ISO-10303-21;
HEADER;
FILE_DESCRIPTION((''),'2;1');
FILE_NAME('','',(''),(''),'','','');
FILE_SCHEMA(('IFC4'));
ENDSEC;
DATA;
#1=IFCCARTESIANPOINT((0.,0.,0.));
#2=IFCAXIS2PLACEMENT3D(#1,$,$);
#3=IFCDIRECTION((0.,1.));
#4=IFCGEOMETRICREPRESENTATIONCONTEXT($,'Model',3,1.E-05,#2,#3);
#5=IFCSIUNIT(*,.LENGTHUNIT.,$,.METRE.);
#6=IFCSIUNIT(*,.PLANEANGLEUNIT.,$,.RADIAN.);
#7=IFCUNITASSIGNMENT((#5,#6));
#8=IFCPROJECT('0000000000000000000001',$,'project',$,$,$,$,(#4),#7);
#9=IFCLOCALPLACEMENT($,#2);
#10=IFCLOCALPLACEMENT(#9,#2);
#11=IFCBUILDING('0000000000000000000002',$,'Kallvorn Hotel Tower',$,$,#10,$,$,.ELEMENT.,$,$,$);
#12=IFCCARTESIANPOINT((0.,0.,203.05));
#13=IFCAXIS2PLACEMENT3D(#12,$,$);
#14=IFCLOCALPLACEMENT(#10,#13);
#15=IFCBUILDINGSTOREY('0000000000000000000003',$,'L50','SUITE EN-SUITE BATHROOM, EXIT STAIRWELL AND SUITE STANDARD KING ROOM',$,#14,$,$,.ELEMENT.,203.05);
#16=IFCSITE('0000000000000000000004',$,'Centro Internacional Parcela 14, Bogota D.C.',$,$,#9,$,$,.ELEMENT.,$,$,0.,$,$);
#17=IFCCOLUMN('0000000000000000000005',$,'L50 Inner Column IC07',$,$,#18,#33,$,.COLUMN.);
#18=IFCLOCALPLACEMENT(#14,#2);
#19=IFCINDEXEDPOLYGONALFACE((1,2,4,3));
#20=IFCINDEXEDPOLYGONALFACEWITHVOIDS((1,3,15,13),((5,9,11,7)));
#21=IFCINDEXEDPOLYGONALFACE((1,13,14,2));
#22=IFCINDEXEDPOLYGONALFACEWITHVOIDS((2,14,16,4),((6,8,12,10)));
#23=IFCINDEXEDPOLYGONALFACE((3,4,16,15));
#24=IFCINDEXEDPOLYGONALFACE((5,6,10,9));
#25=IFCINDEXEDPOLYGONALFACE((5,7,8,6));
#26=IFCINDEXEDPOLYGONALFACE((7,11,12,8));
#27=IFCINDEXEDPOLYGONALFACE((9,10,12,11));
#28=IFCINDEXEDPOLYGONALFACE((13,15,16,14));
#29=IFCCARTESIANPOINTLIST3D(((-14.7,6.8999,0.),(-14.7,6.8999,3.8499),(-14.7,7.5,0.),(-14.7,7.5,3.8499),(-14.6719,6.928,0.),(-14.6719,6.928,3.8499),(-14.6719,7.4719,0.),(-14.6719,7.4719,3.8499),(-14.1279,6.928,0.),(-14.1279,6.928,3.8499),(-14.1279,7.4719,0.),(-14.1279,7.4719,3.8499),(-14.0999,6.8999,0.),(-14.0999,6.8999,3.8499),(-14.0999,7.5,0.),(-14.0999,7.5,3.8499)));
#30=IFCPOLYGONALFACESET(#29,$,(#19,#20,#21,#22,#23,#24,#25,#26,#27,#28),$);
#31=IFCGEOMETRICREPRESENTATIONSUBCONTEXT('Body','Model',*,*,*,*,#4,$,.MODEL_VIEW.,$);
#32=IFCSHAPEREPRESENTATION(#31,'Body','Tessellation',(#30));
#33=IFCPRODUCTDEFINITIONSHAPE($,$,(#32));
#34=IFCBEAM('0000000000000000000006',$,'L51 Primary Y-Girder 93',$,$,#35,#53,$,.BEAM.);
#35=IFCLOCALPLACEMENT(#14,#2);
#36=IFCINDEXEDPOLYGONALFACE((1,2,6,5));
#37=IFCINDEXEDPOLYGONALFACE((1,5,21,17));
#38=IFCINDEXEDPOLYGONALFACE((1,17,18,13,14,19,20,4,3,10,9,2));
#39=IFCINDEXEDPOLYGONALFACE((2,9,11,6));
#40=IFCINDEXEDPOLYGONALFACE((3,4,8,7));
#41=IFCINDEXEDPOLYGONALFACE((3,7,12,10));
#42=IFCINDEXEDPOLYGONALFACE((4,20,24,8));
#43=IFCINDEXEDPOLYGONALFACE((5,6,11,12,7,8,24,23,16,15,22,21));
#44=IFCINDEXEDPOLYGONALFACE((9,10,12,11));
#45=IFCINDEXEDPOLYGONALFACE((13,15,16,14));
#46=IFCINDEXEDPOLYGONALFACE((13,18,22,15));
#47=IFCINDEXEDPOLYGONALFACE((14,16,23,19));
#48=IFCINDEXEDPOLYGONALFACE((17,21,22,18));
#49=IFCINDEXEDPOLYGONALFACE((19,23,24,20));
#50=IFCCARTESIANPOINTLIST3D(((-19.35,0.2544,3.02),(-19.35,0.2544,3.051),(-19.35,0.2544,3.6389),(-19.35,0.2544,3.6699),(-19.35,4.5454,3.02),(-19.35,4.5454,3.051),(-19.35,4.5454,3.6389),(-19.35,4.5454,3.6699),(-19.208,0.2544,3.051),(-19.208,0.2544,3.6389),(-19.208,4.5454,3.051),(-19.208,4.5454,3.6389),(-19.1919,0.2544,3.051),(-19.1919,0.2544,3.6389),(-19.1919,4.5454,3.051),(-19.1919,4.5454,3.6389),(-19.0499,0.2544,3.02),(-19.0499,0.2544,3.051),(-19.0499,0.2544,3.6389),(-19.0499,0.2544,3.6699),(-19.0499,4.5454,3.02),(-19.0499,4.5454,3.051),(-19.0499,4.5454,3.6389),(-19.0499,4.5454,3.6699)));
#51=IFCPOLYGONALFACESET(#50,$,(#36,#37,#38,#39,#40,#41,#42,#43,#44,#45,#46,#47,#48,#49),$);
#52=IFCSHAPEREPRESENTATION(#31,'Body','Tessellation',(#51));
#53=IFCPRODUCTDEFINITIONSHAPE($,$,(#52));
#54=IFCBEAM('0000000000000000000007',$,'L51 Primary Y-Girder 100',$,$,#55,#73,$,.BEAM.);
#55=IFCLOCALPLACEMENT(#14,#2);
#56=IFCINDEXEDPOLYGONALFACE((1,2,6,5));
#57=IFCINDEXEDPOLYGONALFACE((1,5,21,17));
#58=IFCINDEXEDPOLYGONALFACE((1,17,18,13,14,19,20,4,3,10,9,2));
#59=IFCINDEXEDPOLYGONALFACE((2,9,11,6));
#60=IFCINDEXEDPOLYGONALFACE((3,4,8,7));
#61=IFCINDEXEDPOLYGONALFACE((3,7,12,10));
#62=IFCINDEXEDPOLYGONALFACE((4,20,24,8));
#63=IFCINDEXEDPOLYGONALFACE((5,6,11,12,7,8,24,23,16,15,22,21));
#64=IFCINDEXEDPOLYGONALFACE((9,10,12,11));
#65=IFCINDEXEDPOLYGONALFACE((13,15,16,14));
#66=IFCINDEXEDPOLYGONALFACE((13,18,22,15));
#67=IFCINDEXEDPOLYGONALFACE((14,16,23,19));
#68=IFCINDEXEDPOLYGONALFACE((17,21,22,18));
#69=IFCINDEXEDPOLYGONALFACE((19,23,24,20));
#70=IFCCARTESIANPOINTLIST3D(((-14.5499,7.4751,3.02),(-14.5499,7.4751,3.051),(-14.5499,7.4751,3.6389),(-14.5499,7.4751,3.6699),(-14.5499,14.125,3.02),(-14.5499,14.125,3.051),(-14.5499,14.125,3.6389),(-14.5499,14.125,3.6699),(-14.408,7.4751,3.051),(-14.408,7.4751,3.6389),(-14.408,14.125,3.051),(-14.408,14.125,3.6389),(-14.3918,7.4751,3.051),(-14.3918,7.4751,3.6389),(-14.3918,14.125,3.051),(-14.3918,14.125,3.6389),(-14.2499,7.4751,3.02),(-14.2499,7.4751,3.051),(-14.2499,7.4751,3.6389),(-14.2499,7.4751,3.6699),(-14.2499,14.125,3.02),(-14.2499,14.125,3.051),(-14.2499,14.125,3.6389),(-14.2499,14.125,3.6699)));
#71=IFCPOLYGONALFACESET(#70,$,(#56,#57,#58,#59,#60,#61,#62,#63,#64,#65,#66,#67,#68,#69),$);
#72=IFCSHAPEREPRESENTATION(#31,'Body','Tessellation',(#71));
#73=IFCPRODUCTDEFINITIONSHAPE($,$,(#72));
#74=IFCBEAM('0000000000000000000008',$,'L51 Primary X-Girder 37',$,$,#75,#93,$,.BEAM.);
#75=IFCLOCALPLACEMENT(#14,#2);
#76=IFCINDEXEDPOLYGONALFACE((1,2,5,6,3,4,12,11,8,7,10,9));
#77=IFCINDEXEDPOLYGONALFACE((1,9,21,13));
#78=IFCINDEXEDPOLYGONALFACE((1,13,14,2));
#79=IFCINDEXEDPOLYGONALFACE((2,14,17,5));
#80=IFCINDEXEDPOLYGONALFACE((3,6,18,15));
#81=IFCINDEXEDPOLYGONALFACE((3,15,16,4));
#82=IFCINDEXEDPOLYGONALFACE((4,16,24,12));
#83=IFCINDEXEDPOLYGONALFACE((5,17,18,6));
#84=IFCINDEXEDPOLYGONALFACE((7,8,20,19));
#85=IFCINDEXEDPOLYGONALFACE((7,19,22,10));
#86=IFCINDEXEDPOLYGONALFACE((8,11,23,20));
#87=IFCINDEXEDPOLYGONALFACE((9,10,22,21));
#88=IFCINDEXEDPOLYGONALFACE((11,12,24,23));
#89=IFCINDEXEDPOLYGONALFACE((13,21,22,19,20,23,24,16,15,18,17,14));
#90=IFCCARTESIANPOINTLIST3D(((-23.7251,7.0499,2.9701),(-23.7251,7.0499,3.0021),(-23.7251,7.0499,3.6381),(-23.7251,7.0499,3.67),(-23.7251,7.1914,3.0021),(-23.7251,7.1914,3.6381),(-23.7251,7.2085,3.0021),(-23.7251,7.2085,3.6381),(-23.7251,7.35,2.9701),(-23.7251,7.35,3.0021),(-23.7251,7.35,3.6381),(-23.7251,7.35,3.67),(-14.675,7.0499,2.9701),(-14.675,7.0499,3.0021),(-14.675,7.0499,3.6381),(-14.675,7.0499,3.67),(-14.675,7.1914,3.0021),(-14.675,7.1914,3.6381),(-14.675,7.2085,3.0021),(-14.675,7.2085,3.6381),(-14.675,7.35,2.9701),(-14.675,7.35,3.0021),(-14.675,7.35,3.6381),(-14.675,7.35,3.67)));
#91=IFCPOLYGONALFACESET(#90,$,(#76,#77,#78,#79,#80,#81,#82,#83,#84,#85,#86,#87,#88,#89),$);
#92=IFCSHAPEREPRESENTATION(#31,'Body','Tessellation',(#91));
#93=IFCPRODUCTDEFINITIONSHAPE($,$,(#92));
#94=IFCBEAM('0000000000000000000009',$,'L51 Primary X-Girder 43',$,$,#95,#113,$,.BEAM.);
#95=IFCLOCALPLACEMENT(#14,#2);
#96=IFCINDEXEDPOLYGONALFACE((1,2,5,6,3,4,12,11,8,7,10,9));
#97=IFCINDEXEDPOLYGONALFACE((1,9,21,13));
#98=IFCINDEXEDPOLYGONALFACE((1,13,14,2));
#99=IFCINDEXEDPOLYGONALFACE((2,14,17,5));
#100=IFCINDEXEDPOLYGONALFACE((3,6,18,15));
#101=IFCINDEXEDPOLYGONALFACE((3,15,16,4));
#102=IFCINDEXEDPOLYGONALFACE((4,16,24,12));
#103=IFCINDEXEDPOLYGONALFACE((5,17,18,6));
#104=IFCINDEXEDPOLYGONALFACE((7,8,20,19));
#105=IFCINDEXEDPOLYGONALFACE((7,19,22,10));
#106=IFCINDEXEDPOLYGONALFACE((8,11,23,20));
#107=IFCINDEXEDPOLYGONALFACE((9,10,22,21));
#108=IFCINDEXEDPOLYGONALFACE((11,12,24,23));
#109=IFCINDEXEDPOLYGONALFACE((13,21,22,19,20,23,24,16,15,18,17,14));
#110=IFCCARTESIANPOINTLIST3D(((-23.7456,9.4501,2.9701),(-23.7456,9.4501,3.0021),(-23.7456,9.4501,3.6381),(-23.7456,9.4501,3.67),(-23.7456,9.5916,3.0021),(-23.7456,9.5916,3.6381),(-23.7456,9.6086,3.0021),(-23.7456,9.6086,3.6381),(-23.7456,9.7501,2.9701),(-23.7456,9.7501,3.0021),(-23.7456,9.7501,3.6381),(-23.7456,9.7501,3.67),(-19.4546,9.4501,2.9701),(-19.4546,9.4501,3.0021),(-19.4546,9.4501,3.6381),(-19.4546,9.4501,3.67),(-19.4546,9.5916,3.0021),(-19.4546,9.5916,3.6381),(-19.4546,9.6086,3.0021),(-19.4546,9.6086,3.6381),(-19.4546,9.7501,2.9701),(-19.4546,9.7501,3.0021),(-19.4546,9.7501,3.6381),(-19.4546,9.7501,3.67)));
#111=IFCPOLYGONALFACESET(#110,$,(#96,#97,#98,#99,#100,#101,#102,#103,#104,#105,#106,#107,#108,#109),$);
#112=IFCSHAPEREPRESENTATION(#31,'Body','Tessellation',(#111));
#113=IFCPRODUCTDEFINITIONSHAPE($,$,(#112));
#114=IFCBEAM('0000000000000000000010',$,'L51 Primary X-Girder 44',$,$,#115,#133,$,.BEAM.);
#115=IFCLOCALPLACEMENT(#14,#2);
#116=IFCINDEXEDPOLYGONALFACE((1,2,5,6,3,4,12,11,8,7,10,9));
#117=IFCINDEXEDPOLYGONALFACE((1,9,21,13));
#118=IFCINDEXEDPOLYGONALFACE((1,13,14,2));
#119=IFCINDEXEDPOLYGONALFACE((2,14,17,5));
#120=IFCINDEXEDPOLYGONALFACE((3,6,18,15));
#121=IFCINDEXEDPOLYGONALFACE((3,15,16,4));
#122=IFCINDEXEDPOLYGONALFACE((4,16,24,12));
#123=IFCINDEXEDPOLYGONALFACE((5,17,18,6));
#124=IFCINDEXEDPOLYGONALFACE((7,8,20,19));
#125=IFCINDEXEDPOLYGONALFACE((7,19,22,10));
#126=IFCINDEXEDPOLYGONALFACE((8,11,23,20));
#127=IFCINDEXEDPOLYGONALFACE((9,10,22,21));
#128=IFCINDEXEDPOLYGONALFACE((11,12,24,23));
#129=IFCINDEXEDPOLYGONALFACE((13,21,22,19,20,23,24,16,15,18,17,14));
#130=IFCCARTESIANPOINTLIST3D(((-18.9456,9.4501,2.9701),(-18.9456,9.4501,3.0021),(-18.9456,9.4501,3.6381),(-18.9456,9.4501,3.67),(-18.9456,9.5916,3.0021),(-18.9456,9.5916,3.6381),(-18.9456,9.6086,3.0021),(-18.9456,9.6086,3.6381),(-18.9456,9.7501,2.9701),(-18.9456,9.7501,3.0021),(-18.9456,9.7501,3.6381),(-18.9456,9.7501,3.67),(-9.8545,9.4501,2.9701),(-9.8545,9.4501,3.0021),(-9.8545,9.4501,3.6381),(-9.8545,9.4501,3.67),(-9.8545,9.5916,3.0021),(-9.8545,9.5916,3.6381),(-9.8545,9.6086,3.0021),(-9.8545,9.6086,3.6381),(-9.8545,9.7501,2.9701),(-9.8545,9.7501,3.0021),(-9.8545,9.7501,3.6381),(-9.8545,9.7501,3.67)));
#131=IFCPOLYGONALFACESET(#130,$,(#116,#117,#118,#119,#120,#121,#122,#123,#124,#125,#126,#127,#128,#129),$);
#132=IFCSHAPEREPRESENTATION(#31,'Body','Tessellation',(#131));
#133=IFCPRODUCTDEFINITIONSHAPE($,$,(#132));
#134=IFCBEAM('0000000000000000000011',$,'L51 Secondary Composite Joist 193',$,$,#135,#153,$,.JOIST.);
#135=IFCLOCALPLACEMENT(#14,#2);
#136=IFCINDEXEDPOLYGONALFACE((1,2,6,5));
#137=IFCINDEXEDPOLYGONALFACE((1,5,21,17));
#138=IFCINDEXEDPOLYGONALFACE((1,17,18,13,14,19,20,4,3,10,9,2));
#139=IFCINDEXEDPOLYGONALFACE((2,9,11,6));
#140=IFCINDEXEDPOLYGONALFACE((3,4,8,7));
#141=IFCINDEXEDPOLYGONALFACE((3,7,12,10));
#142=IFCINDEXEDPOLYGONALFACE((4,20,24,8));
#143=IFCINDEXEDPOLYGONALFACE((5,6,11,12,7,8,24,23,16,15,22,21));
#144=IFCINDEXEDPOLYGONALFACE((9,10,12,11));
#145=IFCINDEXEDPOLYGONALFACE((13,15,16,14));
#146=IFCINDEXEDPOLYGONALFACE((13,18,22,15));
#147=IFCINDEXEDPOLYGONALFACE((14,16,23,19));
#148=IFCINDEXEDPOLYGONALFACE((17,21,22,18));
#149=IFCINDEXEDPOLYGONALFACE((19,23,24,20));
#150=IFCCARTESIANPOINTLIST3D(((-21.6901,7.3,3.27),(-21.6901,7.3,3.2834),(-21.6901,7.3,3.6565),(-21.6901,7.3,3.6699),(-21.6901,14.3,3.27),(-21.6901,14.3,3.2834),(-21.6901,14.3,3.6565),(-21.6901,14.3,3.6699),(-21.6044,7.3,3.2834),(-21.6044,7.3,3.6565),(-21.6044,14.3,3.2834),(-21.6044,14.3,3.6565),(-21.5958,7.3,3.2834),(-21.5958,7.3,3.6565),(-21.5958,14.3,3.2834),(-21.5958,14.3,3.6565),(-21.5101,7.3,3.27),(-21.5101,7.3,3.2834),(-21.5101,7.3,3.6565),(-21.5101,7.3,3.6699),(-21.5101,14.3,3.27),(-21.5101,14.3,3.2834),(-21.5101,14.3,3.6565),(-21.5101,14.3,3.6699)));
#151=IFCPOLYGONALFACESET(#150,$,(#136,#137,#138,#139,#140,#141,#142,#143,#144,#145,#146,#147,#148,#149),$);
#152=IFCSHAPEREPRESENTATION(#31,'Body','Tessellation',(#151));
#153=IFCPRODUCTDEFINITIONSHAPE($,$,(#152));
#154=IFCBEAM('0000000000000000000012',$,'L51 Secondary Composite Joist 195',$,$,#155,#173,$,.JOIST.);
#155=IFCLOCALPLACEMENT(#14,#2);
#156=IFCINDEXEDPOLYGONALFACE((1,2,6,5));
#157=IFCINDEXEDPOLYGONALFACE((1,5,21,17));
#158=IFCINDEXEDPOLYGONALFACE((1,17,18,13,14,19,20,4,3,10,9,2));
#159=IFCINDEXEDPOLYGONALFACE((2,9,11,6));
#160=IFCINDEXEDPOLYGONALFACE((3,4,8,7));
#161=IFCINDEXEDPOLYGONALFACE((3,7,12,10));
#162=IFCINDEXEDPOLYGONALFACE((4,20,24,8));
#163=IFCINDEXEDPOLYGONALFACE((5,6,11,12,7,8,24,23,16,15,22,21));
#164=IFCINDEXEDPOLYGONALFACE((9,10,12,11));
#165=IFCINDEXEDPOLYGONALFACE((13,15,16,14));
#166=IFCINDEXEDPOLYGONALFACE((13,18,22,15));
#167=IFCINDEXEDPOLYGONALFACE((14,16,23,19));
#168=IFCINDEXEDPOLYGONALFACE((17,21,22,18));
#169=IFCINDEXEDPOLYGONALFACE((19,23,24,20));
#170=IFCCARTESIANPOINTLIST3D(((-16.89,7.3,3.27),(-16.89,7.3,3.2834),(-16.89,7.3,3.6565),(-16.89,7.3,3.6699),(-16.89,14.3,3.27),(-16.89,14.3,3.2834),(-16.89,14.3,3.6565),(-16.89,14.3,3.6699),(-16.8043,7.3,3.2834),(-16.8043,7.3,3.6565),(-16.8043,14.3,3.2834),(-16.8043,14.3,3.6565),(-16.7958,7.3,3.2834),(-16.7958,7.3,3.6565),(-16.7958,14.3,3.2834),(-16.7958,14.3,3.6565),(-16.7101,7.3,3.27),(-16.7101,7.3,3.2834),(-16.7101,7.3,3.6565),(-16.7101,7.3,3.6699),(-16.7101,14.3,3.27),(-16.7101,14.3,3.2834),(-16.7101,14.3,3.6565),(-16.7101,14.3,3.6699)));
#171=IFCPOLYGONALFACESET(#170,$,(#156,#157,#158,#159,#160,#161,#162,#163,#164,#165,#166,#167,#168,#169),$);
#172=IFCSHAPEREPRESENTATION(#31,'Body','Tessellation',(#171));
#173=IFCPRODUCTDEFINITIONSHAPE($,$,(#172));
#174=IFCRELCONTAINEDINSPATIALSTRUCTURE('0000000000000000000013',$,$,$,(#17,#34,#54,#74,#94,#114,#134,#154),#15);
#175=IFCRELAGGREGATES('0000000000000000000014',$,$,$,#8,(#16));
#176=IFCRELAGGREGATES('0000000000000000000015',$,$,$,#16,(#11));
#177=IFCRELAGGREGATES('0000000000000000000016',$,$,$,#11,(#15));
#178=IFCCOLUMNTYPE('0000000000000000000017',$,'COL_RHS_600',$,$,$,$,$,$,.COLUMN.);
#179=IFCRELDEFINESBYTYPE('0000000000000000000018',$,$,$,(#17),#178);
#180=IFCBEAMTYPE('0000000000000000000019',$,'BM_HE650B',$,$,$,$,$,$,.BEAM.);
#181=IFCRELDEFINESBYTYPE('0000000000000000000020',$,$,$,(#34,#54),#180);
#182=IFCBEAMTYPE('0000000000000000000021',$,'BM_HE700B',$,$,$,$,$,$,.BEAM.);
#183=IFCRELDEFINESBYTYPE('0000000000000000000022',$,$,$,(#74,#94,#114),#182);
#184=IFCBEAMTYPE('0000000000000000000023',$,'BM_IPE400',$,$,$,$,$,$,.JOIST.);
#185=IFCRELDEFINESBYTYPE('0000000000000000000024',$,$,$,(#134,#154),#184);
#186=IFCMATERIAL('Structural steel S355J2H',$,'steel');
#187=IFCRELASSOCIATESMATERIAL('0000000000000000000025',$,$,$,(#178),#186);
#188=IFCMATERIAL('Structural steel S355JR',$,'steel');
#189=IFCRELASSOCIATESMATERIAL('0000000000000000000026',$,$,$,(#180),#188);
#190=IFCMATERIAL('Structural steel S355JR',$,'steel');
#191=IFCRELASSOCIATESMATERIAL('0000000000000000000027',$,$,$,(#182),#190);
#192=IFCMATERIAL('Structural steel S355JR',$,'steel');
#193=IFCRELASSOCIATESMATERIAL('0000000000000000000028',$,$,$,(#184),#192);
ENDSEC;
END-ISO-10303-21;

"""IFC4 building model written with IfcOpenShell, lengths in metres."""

from ifc_helpers import new_model, si_unit, direction, frame, origin, origin_2d, place, context, subcontext, project, spatial, hollow_rectangle, i_section, extrude, material, material_profile, profile_set, type_object, element, save


model = new_model("IFC4")

# Units and contexts
model_context = context("Model", 3, precision=1e-05, world=origin(), true_north=direction((0.0, 1.0)))
body_context = subcontext(model_context, "Body", "Model", "MODEL_VIEW")
ifc_project = project(units=[si_unit("LENGTHUNIT", "METRE"), si_unit("PLANEANGLEUNIT", "RADIAN")], contexts=[model_context])

# Site, building, storey
site_placement = place(None, origin())
site = spatial("IfcSite", under=ifc_project, at=site_placement, Name="Centro Internacional Parcela 14, Bogota D.C.", CompositionType="ELEMENT", RefElevation=0.0)
building_placement = place(site_placement, origin())
building = spatial("IfcBuilding", under=site, at=building_placement, Name="Kallvorn Hotel Tower", CompositionType="ELEMENT")
storey_placement = place(building_placement, frame((0.0, 0.0, 203.05)))
storey = spatial("IfcBuildingStorey", under=building, at=storey_placement, Name="L50", Description="SUITE EN-SUITE BATHROOM, EXIT STAIRWELL AND SUITE STANDARD KING ROOM", CompositionType="ELEMENT", Elevation=203.05)

# Column
ifc_material_1 = material(Name="Structural steel S355J2H", Category="steel")
ifc_material_profile_1 = material_profile(ifc_material_1, hollow_rectangle(XDim=0.6001, YDim=0.6001, WallThickness=0.0281, at=origin_2d()), Name="RHS 600x600x28")
ifc_profile_set_1 = profile_set([ifc_material_profile_1], Name="Structural steel S355J2H")
column_type_1 = type_object("IfcColumnType", Name="COL_RHS_600", PredefinedType="COLUMN", material=ifc_profile_set_1)
column_placement = place(storey_placement, frame((-14.3999, 7.2, 0.0), z_axis=(0.0, 0.0, 1.0), x_axis=(1.0, 0.0, 0.0)))
element("IfcColumn", 1, at=column_placement, inside=storey, type_object=column_type_1, Name="L50 Inner Column IC07", PredefinedType="COLUMN", context=body_context, shape_type="SweptSolid", body=[
    extrude(hollow_rectangle(XDim=0.6001, YDim=0.6001, WallThickness=0.0281, at=origin_2d()), origin(), (0.0, 0.0, 1.0), 3.8499),
])

# Beams
ifc_material_2 = material(Name="Structural steel S355JR", Category="steel")
ifc_material_profile_2 = material_profile(ifc_material_2, i_section(OverallWidth=0.3, OverallDepth=0.6499, WebThickness=0.0161, FlangeThickness=0.031, at=origin_2d()), Name="HE 650 B")
ifc_profile_set_2 = profile_set([ifc_material_profile_2], Name="Structural steel S355JR")
beam_type_1 = type_object("IfcBeamType", Name="BM_HE650B", PredefinedType="BEAM", material=ifc_profile_set_2)
beam_1_placement = place(storey_placement, frame((-19.2, 0.2544, 3.345), z_axis=(0.0, 1.0, 0.0), x_axis=(-1.0, 0.0, 0.0)))
element("IfcBeam", 2, at=beam_1_placement, inside=storey, type_object=beam_type_1, Name="L51 Primary Y-Girder 93", PredefinedType="BEAM", context=body_context, shape_type="SweptSolid", body=[
    extrude(i_section(OverallWidth=0.3, OverallDepth=0.6499, WebThickness=0.0161, FlangeThickness=0.031, at=origin_2d()), origin(), (0.0, 0.0, 1.0), 4.291),
])
beam_2_placement = place(storey_placement, frame((-14.3999, 7.4751, 3.345), z_axis=(0.0, 1.0, 0.0), x_axis=(-1.0, 0.0, 0.0)))
element("IfcBeam", 3, at=beam_2_placement, inside=storey, type_object=beam_type_1, Name="L51 Primary Y-Girder 100", PredefinedType="BEAM", context=body_context, shape_type="SweptSolid", body=[
    extrude(i_section(OverallWidth=0.3, OverallDepth=0.6499, WebThickness=0.0161, FlangeThickness=0.031, at=origin_2d()), origin(), (0.0, 0.0, 1.0), 6.6499),
])
ifc_material_3 = material(Name="Structural steel S355JR", Category="steel")
ifc_material_profile_3 = material_profile(ifc_material_3, i_section(OverallWidth=0.3, OverallDepth=0.7, WebThickness=0.0171, FlangeThickness=0.032, at=origin_2d()), Name="HE 700 B")
ifc_profile_set_3 = profile_set([ifc_material_profile_3], Name="Structural steel S355JR")
beam_type_2 = type_object("IfcBeamType", Name="BM_HE700B", PredefinedType="BEAM", material=ifc_profile_set_3)
beam_3_placement = place(storey_placement, frame((-23.7251, 7.2, 3.3201), z_axis=(1.0, 0.0, 0.0), x_axis=(0.0, 1.0, 0.0)))
element("IfcBeam", 4, at=beam_3_placement, inside=storey, type_object=beam_type_2, Name="L51 Primary X-Girder 37", PredefinedType="BEAM", context=body_context, shape_type="SweptSolid", body=[
    extrude(i_section(OverallWidth=0.3, OverallDepth=0.7, WebThickness=0.0171, FlangeThickness=0.032, at=origin_2d()), origin(), (0.0, 0.0, 1.0), 9.05),
])
beam_4_placement = place(storey_placement, frame((-23.7456, 9.6001, 3.3201), z_axis=(1.0, 0.0, 0.0), x_axis=(0.0, 1.0, 0.0)))
element("IfcBeam", 5, at=beam_4_placement, inside=storey, type_object=beam_type_2, Name="L51 Primary X-Girder 43", PredefinedType="BEAM", context=body_context, shape_type="SweptSolid", body=[
    extrude(i_section(OverallWidth=0.3, OverallDepth=0.7, WebThickness=0.0171, FlangeThickness=0.032, at=origin_2d()), origin(), (0.0, 0.0, 1.0), 4.291),
])
beam_5_placement = place(storey_placement, frame((-18.9456, 9.6001, 3.3201), z_axis=(1.0, 0.0, 0.0), x_axis=(0.0, 1.0, 0.0)))
element("IfcBeam", 6, at=beam_5_placement, inside=storey, type_object=beam_type_2, Name="L51 Primary X-Girder 44", PredefinedType="BEAM", context=body_context, shape_type="SweptSolid", body=[
    extrude(i_section(OverallWidth=0.3, OverallDepth=0.7, WebThickness=0.0171, FlangeThickness=0.032, at=origin_2d()), origin(), (0.0, 0.0, 1.0), 9.0911),
])
ifc_material_4 = material(Name="Structural steel S355JR", Category="steel")
ifc_material_profile_4 = material_profile(ifc_material_4, i_section(OverallWidth=0.1799, OverallDepth=0.3999, WebThickness=0.0085, FlangeThickness=0.0134, at=origin_2d()), Name="IPE 400")
ifc_profile_set_4 = profile_set([ifc_material_profile_4], Name="Structural steel S355JR")
beam_type_3 = type_object("IfcBeamType", Name="BM_IPE400", PredefinedType="JOIST", material=ifc_profile_set_4)
for number, where, z_axis, x_axis, name in (
    (7, (-21.6001, 7.3, 3.47), (0.0, 1.0, 0.0), (-1.0, 0.0, 0.0), "L51 Secondary Composite Joist 193"),
    (8, (-16.8, 7.3, 3.47), (0.0, 1.0, 0.0), (-1.0, 0.0, 0.0), "L51 Secondary Composite Joist 195"),
):
    element("IfcBeam", number, at=place(storey_placement, frame(where, z_axis=z_axis, x_axis=x_axis)), inside=storey, type_object=beam_type_3, Name=name, PredefinedType="JOIST", context=body_context, shape_type="SweptSolid", body=[
        extrude(i_section(OverallWidth=0.1799, OverallDepth=0.3999, WebThickness=0.0085, FlangeThickness=0.0134, at=origin_2d()), origin(), (0.0, 0.0, 1.0), 7.0),
    ])

save(model, "model.ifc")
